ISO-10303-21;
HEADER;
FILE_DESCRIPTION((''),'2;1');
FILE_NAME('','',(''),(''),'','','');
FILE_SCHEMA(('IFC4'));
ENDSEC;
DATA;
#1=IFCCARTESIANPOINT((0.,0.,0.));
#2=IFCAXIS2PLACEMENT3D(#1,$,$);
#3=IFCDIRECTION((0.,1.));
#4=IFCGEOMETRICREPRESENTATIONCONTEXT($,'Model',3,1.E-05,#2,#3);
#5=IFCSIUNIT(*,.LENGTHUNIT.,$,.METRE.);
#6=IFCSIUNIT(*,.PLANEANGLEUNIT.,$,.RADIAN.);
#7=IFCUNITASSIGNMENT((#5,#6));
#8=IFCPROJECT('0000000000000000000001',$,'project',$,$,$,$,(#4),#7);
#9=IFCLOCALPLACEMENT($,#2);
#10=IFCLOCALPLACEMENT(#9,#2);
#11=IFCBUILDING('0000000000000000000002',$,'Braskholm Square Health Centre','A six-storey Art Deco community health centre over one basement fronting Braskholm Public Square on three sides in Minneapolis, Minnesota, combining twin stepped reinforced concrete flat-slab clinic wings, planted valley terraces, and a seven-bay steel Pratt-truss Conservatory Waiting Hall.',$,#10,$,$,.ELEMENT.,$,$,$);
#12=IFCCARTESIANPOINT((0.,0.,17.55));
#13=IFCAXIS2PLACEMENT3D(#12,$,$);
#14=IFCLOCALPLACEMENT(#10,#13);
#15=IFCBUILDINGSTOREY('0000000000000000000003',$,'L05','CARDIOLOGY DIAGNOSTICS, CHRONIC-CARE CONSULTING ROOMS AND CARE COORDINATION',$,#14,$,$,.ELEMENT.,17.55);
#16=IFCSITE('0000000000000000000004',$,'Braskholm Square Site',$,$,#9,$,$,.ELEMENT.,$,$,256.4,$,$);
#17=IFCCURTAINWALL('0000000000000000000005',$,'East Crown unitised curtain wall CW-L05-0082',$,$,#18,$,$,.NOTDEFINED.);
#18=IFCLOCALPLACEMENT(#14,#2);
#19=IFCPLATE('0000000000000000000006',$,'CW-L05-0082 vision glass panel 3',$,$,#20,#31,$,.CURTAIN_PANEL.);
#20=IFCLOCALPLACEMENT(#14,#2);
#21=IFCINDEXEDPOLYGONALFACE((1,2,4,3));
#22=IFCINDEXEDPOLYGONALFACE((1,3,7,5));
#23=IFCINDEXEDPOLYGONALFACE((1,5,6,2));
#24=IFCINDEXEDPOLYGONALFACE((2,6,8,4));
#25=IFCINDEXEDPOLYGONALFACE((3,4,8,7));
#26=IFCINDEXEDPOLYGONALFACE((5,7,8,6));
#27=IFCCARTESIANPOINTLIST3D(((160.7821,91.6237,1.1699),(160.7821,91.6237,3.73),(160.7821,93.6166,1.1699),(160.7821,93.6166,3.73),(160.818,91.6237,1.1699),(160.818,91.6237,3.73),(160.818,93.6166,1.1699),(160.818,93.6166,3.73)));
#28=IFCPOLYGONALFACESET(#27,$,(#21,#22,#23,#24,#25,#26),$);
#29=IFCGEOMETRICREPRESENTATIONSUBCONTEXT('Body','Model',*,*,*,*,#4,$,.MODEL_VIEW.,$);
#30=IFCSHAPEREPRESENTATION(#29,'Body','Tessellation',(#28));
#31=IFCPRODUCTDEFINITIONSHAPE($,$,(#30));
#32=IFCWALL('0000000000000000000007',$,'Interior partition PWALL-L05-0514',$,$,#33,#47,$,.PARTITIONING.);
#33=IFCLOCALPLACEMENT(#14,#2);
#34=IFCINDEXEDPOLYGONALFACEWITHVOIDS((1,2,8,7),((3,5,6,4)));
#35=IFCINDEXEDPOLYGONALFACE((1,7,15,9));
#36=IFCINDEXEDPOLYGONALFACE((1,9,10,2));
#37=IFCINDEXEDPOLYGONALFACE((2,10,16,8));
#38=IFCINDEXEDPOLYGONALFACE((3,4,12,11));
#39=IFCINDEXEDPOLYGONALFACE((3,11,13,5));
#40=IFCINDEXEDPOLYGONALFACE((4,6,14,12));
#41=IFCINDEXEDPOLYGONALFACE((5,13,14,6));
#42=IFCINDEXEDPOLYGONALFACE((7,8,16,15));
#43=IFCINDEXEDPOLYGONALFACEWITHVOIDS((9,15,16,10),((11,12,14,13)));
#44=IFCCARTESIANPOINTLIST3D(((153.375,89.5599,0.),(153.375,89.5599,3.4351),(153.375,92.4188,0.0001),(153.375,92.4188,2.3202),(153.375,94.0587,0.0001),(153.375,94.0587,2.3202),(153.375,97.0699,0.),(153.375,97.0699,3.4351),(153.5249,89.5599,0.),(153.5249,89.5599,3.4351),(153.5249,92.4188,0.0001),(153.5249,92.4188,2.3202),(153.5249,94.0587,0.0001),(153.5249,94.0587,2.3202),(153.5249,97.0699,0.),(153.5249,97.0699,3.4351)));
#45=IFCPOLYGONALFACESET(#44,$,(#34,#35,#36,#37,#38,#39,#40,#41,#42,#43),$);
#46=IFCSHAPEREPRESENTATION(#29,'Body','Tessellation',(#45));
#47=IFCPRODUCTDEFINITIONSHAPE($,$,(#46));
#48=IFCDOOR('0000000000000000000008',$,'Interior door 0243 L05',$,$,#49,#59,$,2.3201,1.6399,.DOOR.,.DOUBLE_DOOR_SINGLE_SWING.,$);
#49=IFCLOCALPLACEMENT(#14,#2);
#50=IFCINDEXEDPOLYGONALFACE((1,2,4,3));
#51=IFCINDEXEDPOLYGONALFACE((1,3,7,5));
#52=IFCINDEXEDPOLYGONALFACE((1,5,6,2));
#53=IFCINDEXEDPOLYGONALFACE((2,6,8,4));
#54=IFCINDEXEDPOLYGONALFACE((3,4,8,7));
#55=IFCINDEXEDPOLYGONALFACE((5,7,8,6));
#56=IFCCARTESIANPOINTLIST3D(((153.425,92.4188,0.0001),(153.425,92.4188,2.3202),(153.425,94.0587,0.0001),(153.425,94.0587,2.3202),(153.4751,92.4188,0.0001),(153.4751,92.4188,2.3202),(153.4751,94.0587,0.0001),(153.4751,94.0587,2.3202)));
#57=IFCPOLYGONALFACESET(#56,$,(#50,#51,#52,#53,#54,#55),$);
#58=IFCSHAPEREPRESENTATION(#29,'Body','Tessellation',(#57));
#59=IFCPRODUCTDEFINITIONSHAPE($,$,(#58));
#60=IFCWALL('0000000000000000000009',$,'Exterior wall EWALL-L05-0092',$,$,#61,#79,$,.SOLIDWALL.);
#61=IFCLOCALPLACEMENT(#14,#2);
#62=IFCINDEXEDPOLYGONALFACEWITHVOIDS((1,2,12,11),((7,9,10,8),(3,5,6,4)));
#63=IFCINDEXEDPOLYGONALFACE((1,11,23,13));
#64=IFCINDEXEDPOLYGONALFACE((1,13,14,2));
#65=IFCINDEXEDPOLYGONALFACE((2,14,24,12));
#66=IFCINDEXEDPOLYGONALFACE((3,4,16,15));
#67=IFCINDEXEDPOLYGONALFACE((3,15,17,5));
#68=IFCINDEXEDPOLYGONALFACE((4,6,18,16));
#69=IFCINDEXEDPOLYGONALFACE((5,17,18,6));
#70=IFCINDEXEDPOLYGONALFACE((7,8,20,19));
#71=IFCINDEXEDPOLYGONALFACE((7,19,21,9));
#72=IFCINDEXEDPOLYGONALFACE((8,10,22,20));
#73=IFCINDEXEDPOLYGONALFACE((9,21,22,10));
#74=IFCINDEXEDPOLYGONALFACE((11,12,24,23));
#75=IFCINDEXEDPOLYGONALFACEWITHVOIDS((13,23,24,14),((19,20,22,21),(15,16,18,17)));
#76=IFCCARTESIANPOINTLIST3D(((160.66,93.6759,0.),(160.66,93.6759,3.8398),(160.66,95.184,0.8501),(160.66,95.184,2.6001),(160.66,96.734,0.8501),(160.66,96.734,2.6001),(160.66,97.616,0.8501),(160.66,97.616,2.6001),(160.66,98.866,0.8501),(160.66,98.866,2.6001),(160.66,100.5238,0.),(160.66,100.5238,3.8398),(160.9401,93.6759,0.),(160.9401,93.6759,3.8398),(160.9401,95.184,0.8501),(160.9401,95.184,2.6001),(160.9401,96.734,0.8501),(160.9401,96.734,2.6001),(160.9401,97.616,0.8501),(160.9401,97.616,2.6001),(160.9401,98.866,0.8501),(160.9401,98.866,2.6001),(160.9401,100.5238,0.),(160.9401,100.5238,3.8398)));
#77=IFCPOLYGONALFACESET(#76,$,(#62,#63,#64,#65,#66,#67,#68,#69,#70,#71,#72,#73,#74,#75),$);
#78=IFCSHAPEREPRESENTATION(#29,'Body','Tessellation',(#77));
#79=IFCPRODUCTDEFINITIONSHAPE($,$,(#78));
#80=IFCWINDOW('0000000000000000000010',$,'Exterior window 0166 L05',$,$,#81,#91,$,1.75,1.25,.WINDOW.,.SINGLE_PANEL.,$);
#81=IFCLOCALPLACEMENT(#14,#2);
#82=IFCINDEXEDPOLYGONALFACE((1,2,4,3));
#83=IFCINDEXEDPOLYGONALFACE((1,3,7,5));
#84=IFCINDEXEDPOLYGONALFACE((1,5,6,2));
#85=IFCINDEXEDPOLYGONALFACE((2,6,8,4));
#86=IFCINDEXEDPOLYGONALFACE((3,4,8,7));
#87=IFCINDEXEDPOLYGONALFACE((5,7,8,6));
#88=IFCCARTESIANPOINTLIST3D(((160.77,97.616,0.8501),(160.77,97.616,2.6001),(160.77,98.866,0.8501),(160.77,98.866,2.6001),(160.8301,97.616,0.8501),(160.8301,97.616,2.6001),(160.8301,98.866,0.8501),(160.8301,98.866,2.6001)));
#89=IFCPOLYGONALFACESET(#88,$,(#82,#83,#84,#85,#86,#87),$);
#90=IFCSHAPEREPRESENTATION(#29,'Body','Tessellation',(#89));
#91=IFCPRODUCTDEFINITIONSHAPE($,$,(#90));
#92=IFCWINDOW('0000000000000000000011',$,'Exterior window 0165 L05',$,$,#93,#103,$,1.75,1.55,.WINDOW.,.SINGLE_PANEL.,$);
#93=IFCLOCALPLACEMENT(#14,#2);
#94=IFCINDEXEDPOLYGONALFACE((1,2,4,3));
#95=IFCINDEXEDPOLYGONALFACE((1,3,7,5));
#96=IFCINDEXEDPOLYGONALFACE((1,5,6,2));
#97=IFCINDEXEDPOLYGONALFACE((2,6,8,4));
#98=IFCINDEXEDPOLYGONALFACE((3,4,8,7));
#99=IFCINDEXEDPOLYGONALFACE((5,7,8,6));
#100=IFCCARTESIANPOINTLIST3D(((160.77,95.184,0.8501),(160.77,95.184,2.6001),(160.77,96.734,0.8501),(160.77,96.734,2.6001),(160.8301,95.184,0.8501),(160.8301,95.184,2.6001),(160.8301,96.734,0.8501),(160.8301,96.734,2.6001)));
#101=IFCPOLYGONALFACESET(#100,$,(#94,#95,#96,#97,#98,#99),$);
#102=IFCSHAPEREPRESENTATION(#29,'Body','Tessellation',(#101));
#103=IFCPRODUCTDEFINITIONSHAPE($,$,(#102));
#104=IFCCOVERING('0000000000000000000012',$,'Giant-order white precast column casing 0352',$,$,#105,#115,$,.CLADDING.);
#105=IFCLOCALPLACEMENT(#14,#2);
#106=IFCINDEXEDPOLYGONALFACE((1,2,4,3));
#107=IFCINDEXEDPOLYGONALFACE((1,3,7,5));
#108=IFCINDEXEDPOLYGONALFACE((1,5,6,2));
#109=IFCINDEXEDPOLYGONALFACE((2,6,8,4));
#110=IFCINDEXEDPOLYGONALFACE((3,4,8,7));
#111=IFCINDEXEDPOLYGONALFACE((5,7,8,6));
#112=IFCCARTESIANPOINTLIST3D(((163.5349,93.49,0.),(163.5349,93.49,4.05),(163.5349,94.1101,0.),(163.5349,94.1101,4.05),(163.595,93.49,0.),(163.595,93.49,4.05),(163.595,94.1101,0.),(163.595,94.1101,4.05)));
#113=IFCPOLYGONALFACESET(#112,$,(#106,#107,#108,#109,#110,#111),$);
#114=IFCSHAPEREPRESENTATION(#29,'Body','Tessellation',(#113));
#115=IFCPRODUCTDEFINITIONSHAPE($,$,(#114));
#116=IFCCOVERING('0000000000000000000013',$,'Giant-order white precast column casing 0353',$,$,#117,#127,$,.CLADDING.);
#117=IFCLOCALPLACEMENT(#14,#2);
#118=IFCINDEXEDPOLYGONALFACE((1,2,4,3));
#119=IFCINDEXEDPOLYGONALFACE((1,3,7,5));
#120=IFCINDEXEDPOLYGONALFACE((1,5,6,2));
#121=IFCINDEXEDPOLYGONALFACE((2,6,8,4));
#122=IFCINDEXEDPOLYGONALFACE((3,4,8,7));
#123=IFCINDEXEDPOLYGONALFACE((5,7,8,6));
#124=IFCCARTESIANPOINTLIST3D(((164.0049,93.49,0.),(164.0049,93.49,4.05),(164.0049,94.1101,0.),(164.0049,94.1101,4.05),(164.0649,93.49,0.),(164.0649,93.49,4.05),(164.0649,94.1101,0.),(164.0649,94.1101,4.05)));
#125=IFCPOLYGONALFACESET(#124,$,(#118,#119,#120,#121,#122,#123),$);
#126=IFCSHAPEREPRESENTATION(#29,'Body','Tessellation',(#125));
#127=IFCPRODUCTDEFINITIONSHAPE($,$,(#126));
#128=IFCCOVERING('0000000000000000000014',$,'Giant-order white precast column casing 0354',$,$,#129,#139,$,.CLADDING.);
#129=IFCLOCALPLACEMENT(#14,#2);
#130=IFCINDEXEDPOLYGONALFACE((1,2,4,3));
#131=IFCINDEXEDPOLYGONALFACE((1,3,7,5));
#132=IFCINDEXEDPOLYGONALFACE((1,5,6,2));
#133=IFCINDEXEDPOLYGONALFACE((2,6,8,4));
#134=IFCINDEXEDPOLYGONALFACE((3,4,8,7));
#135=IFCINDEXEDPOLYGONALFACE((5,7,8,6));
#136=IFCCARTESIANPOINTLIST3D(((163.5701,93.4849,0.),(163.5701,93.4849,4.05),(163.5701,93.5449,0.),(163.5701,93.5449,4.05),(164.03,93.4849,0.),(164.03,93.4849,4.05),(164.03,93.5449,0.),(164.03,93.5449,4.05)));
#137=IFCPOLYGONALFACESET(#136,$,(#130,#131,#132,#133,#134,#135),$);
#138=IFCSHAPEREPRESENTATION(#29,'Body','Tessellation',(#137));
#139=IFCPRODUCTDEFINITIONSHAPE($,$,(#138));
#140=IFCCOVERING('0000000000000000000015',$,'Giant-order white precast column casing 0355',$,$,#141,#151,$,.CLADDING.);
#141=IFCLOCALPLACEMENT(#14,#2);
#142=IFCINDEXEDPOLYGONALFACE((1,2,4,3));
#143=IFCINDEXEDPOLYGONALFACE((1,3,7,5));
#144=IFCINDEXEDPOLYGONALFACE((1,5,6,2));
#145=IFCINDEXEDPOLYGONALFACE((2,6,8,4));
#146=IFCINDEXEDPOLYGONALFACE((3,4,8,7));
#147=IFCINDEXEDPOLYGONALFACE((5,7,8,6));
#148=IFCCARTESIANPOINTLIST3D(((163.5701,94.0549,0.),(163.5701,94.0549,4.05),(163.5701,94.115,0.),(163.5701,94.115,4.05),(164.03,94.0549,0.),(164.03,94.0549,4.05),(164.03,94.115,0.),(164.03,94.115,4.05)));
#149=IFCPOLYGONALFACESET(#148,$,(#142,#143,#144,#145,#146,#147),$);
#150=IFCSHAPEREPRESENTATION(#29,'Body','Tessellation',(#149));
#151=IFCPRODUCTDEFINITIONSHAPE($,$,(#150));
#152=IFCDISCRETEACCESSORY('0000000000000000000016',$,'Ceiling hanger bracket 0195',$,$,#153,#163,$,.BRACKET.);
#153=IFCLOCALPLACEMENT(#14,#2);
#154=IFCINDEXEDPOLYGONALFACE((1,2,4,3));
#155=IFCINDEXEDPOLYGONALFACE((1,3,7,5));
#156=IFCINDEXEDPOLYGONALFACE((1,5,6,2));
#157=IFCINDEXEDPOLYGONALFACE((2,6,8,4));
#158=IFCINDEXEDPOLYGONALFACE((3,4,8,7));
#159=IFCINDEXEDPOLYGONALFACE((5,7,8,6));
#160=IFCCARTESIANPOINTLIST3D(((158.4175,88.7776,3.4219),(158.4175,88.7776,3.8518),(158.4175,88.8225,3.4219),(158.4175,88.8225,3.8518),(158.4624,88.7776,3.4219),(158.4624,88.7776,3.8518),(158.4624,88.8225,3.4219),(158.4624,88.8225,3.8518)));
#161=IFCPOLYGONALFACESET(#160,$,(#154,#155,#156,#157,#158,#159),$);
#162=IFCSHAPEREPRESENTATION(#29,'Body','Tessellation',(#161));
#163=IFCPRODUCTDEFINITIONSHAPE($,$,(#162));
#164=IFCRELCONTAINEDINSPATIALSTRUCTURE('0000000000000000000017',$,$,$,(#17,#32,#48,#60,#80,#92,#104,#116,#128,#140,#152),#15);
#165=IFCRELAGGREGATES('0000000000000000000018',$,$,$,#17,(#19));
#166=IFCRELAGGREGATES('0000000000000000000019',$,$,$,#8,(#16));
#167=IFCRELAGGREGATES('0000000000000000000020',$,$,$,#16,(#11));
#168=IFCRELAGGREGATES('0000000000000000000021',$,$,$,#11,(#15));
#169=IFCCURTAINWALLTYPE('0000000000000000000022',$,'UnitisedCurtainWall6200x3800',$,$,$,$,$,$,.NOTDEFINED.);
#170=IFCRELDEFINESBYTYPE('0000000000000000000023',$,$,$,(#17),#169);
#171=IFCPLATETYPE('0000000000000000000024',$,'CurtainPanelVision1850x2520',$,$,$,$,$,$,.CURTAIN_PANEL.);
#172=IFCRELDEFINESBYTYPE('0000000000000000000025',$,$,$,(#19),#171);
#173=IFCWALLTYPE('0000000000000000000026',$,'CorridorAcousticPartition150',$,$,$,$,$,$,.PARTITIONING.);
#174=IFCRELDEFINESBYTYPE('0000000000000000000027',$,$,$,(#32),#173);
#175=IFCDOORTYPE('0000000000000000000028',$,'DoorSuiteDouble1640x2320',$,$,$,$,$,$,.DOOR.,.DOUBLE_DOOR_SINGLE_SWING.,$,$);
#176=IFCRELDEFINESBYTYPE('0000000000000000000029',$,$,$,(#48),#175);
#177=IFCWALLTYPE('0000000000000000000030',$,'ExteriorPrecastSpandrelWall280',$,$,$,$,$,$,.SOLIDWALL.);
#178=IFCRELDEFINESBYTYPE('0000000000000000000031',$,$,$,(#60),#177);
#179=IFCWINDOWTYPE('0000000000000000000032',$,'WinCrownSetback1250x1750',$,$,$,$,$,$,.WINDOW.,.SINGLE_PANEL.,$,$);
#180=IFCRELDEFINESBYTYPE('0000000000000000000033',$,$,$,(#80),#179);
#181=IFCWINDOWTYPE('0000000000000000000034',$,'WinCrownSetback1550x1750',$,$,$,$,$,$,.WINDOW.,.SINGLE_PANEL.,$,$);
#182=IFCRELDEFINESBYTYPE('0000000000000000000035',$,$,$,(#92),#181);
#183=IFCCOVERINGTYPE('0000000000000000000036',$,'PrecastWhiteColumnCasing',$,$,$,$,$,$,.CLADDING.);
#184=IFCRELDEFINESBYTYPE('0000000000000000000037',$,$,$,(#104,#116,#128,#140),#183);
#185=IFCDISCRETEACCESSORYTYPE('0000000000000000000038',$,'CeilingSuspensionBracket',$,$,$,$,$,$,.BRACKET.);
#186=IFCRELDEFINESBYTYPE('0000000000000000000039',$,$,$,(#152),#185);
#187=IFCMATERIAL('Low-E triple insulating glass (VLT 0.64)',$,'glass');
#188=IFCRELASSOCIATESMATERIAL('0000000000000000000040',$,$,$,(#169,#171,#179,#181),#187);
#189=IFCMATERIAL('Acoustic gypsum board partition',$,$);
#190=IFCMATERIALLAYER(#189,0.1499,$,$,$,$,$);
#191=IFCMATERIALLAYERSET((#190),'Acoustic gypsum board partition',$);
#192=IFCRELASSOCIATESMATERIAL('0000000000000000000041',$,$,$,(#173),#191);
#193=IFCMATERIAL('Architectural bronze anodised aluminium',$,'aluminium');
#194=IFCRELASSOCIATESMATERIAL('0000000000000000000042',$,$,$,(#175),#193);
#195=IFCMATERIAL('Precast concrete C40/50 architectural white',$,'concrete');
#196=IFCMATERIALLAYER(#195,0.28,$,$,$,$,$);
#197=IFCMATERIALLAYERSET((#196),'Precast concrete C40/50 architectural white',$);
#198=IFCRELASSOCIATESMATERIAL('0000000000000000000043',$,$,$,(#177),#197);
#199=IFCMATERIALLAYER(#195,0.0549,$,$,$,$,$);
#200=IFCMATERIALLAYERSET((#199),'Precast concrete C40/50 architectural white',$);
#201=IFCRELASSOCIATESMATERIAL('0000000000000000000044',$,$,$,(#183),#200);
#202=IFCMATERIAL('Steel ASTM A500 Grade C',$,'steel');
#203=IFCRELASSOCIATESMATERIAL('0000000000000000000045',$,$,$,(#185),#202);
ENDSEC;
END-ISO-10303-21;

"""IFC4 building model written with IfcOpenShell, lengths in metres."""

from ifc_helpers import new_model, si_unit, direction, frame, frame_2d, origin, origin_with_axes, origin_2d, place, context, subcontext, project, spatial, rectangle, extrude, material, layer, layer_set, type_object, element, fill, aggregate, save


model = new_model("IFC4")

# Units and contexts
model_context = context("Model", 3, precision=1e-05, world=origin(), true_north=direction((0.0, 1.0)))
body_context = subcontext(model_context, "Body", "Model", "MODEL_VIEW")
ifc_project = project(units=[si_unit("LENGTHUNIT", "METRE"), si_unit("PLANEANGLEUNIT", "RADIAN")], contexts=[model_context])

# Site, building, storey
site_placement = place(None, origin())
site = spatial("IfcSite", under=ifc_project, at=site_placement, Name="Braskholm Square Site", CompositionType="ELEMENT", RefElevation=256.4)
building_placement = place(site_placement, origin())
building = spatial("IfcBuilding", under=site, at=building_placement, Name="Braskholm Square Health Centre", Description="A six-storey Art Deco community health centre over one basement fronting Braskholm Public Square on three sides in Minneapolis, Minnesota, combining twin stepped reinforced concrete flat-slab clinic wings, planted valley terraces, and a seven-bay steel Pratt-truss Conservatory Waiting Hall.", CompositionType="ELEMENT")
storey_placement = place(building_placement, frame((0.0, 0.0, 17.55)))
storey = spatial("IfcBuildingStorey", under=building, at=storey_placement, Name="L05", Description="CARDIOLOGY DIAGNOSTICS, CHRONIC-CARE CONSULTING ROOMS AND CARE COORDINATION", CompositionType="ELEMENT", Elevation=17.55)

# Shared definitions
ifc_material_1 = material(Name="Precast concrete C40/50 architectural white", Category="concrete")

# Curtain wall
ifc_material_2 = material(Name="Low-E triple insulating glass (VLT 0.64)", Category="glass")
curtain_wall_type = type_object("IfcCurtainWallType", Name="UnitisedCurtainWall6200x3800", PredefinedType="NOTDEFINED", material=ifc_material_2)
curtain_wall_placement = place(storey_placement, origin())
curtain_wall = element("IfcCurtainWall", 1, at=curtain_wall_placement, inside=storey, type_object=curtain_wall_type, Name="East Crown unitised curtain wall CW-L05-0082", PredefinedType="NOTDEFINED")
ifc_material_3 = material(Name="Architectural bronze anodised aluminium", Category="aluminium")

# Plate
plate_type_1 = type_object("IfcPlateType", Name="CurtainPanelVision1850x2520", PredefinedType="CURTAIN_PANEL", material=ifc_material_2)
plate_1_placement = place(storey_placement, frame((160.8, 92.6201, 1.1699), z_axis=(0.0, 0.0, 1.0), x_axis=(0.0, 1.0, 0.0)))
plate_1 = element("IfcPlate", 2, at=plate_1_placement, type_object=plate_type_1, Name="CW-L05-0082 vision glass panel 3", PredefinedType="CURTAIN_PANEL", context=body_context, shape_type="SweptSolid", body=[
    extrude(rectangle(XDim=1.9929, YDim=0.0359, at=origin_2d()), origin(), (0.0, 0.0, 1.0), 2.5601),
])
aggregate(curtain_wall, [plate_1])

# Wall, opening, door
ifc_material_4 = material(Name="Acoustic gypsum board partition")
ifc_layer_1 = layer(ifc_material_4, 0.1499)
ifc_layer_set_1 = layer_set([ifc_layer_1], Name="Acoustic gypsum board partition")
wall_type_1 = type_object("IfcWallType", Name="CorridorAcousticPartition150", PredefinedType="PARTITIONING", material=ifc_layer_set_1)
wall_1_placement = place(storey_placement, frame((153.45, 89.5601, 0.0), z_axis=(0.0, 0.0, 1.0), x_axis=(0.0, 1.0, 0.0)))
wall_1 = element("IfcWall", 3, at=wall_1_placement, inside=storey, type_object=wall_type_1, Name="Interior partition PWALL-L05-0514", PredefinedType="PARTITIONING", context=body_context, shape_type="SweptSolid", body=[
    extrude(rectangle(XDim=7.51, YDim=0.1499, at=frame_2d((3.7549, 0.0))), origin(), (0.0, 0.0, 1.0), 3.4351),
])
opening_1_placement = place(wall_1_placement, frame((2.8589, 0.0, 0.0)))
opening_1 = element("IfcOpeningElement", 4, at=opening_1_placement, cuts=wall_1, PredefinedType="OPENING", context=body_context, shape_type="SweptSolid", body=[
    extrude(rectangle(XDim=1.6399, YDim=2.3201, at=frame_2d((0.8198, 1.1602))), frame((0.0, 0.085, 0.0), z_axis=(0.0, -1.0, 0.0), x_axis=(1.0, 0.0, 0.0)), (0.0, 0.0, 1.0), 0.1699),
])
door_type = type_object("IfcDoorType", Name="DoorSuiteDouble1640x2320", OperationType="DOUBLE_DOOR_SINGLE_SWING", PredefinedType="DOOR", material=ifc_material_3)
door_placement = place(opening_1_placement, origin_with_axes())
door = element("IfcDoor", 5, at=door_placement, inside=storey, type_object=door_type, Name="Interior door 0243 L05", OperationType="DOUBLE_DOOR_SINGLE_SWING", OverallHeight=2.3201, OverallWidth=1.6399, PredefinedType="DOOR", context=body_context, shape_type="SweptSolid", body=[
    extrude(rectangle(XDim=1.6399, YDim=2.3201, at=frame_2d((0.8198, 1.1602))), frame((0.0, 0.0249, 0.0), z_axis=(0.0, -1.0, 0.0), x_axis=(1.0, 0.0, 0.0)), (0.0, 0.0, 1.0), 0.05),
])
fill(opening_1, door)

# Wall, openings, windows
ifc_layer_2 = layer(ifc_material_1, 0.28)
ifc_layer_set_2 = layer_set([ifc_layer_2], Name="Precast concrete C40/50 architectural white")
wall_type_2 = type_object("IfcWallType", Name="ExteriorPrecastSpandrelWall280", PredefinedType="SOLIDWALL", material=ifc_layer_set_2)
wall_2_placement = place(storey_placement, frame((160.8, 93.676, 0.0), z_axis=(0.0, 0.0, 1.0), x_axis=(0.0, 1.0, 0.0)))
wall_2 = element("IfcWall", 6, at=wall_2_placement, inside=storey, type_object=wall_type_2, Name="Exterior wall EWALL-L05-0092", PredefinedType="SOLIDWALL", context=body_context, shape_type="SweptSolid", body=[
    extrude(rectangle(XDim=6.8479, YDim=0.28, at=frame_2d((3.4238, 0.0))), origin(), (0.0, 0.0, 1.0), 3.8398),
])
opening_2_placement = place(wall_2_placement, frame((1.5081, 0.0, 0.8501)))
opening_2 = element("IfcOpeningElement", 7, at=opening_2_placement, cuts=wall_2, PredefinedType="OPENING", context=body_context, shape_type="SweptSolid", body=[
    extrude(rectangle(XDim=1.55, YDim=1.75, at=frame_2d((0.7749, 0.875))), frame((0.0, 0.1499, 0.0), z_axis=(0.0, -1.0, 0.0), x_axis=(1.0, 0.0, 0.0)), (0.0, 0.0, 1.0), 0.3),
])
opening_3_placement = place(wall_2_placement, frame((3.9399, 0.0, 0.8501)))
opening_3 = element("IfcOpeningElement", 8, at=opening_3_placement, cuts=wall_2, PredefinedType="OPENING", context=body_context, shape_type="SweptSolid", body=[
    extrude(rectangle(XDim=1.25, YDim=1.75, at=frame_2d((0.625, 0.875))), frame((0.0, 0.1499, 0.0), z_axis=(0.0, -1.0, 0.0), x_axis=(1.0, 0.0, 0.0)), (0.0, 0.0, 1.0), 0.3),
])
window_type_1 = type_object("IfcWindowType", Name="WinCrownSetback1250x1750", PartitioningType="SINGLE_PANEL", PredefinedType="WINDOW", material=ifc_material_2)
window_1_placement = place(opening_3_placement, origin_with_axes())
window_1 = element("IfcWindow", 9, at=window_1_placement, inside=storey, type_object=window_type_1, Name="Exterior window 0166 L05", OverallHeight=1.75, OverallWidth=1.25, PartitioningType="SINGLE_PANEL", PredefinedType="WINDOW", context=body_context, shape_type="SweptSolid", body=[
    extrude(rectangle(XDim=1.25, YDim=1.75, at=frame_2d((0.625, 0.875))), frame((0.0, 0.03, 0.0), z_axis=(0.0, -1.0, 0.0), x_axis=(1.0, 0.0, 0.0)), (0.0, 0.0, 1.0), 0.0601),
])
fill(opening_3, window_1)
window_type_2 = type_object("IfcWindowType", Name="WinCrownSetback1550x1750", PartitioningType="SINGLE_PANEL", PredefinedType="WINDOW", material=ifc_material_2)
window_2_placement = place(opening_2_placement, origin_with_axes())
window_2 = element("IfcWindow", 10, at=window_2_placement, inside=storey, type_object=window_type_2, Name="Exterior window 0165 L05", OverallHeight=1.75, OverallWidth=1.55, PartitioningType="SINGLE_PANEL", PredefinedType="WINDOW", context=body_context, shape_type="SweptSolid", body=[
    extrude(rectangle(XDim=1.55, YDim=1.75, at=frame_2d((0.7749, 0.875))), frame((0.0, 0.03, 0.0), z_axis=(0.0, -1.0, 0.0), x_axis=(1.0, 0.0, 0.0)), (0.0, 0.0, 1.0), 0.0601),
])
fill(opening_2, window_2)

# Coverings
ifc_layer_3 = layer(ifc_material_1, 0.0549)
ifc_layer_set_3 = layer_set([ifc_layer_3], Name="Precast concrete C40/50 architectural white")
covering_type = type_object("IfcCoveringType", Name="PrecastWhiteColumnCasing", PredefinedType="CLADDING", material=ifc_layer_set_3)
for number, where, z_axis, x_axis, name in (
    (11, (163.5649, 93.8, 0.0), (0.0, 0.0, 1.0), (1.0, 0.0, 0.0), "Giant-order white precast column casing 0352"),
    (12, (164.0349, 93.8, 0.0), (0.0, 0.0, 1.0), (1.0, 0.0, 0.0), "Giant-order white precast column casing 0353"),
):
    element("IfcCovering", number, at=place(storey_placement, frame(where, z_axis=z_axis, x_axis=x_axis)), inside=storey, type_object=covering_type, Name=name, PredefinedType="CLADDING", context=body_context, shape_type="SweptSolid", body=[
        extrude(rectangle(XDim=0.0601, YDim=0.6201, at=origin_2d()), origin(), (0.0, 0.0, 1.0), 4.05),
    ])
for number, where, z_axis, x_axis, name in (
    (13, (163.8, 93.5149, 0.0), (0.0, 0.0, 1.0), (1.0, 0.0, 0.0), "Giant-order white precast column casing 0354"),
    (14, (163.8, 94.085, 0.0), (0.0, 0.0, 1.0), (1.0, 0.0, 0.0), "Giant-order white precast column casing 0355"),
):
    element("IfcCovering", number, at=place(storey_placement, frame(where, z_axis=z_axis, x_axis=x_axis)), inside=storey, type_object=covering_type, Name=name, PredefinedType="CLADDING", context=body_context, shape_type="SweptSolid", body=[
        extrude(rectangle(XDim=0.46, YDim=0.0601, at=origin_2d()), origin(), (0.0, 0.0, 1.0), 4.05),
    ])

# Discrete accessory
ifc_material_5 = material(Name="Steel ASTM A500 Grade C", Category="steel")
discrete_accessory_type = type_object("IfcDiscreteAccessoryType", Name="CeilingSuspensionBracket", PredefinedType="BRACKET", material=ifc_material_5)
discrete_accessory_placement = place(storey_placement, frame((158.4399, 88.8, 3.4219), z_axis=(0.0, 0.0, 1.0), x_axis=(1.0, 0.0, 0.0)))
element("IfcDiscreteAccessory", 15, at=discrete_accessory_placement, inside=storey, type_object=discrete_accessory_type, Name="Ceiling hanger bracket 0195", PredefinedType="BRACKET", context=body_context, shape_type="SweptSolid", body=[
    extrude(rectangle(XDim=0.0449, YDim=0.0449, at=origin_2d()), origin(), (0.0, 0.0, 1.0), 0.4299),
])

save(model, "model.ifc")
